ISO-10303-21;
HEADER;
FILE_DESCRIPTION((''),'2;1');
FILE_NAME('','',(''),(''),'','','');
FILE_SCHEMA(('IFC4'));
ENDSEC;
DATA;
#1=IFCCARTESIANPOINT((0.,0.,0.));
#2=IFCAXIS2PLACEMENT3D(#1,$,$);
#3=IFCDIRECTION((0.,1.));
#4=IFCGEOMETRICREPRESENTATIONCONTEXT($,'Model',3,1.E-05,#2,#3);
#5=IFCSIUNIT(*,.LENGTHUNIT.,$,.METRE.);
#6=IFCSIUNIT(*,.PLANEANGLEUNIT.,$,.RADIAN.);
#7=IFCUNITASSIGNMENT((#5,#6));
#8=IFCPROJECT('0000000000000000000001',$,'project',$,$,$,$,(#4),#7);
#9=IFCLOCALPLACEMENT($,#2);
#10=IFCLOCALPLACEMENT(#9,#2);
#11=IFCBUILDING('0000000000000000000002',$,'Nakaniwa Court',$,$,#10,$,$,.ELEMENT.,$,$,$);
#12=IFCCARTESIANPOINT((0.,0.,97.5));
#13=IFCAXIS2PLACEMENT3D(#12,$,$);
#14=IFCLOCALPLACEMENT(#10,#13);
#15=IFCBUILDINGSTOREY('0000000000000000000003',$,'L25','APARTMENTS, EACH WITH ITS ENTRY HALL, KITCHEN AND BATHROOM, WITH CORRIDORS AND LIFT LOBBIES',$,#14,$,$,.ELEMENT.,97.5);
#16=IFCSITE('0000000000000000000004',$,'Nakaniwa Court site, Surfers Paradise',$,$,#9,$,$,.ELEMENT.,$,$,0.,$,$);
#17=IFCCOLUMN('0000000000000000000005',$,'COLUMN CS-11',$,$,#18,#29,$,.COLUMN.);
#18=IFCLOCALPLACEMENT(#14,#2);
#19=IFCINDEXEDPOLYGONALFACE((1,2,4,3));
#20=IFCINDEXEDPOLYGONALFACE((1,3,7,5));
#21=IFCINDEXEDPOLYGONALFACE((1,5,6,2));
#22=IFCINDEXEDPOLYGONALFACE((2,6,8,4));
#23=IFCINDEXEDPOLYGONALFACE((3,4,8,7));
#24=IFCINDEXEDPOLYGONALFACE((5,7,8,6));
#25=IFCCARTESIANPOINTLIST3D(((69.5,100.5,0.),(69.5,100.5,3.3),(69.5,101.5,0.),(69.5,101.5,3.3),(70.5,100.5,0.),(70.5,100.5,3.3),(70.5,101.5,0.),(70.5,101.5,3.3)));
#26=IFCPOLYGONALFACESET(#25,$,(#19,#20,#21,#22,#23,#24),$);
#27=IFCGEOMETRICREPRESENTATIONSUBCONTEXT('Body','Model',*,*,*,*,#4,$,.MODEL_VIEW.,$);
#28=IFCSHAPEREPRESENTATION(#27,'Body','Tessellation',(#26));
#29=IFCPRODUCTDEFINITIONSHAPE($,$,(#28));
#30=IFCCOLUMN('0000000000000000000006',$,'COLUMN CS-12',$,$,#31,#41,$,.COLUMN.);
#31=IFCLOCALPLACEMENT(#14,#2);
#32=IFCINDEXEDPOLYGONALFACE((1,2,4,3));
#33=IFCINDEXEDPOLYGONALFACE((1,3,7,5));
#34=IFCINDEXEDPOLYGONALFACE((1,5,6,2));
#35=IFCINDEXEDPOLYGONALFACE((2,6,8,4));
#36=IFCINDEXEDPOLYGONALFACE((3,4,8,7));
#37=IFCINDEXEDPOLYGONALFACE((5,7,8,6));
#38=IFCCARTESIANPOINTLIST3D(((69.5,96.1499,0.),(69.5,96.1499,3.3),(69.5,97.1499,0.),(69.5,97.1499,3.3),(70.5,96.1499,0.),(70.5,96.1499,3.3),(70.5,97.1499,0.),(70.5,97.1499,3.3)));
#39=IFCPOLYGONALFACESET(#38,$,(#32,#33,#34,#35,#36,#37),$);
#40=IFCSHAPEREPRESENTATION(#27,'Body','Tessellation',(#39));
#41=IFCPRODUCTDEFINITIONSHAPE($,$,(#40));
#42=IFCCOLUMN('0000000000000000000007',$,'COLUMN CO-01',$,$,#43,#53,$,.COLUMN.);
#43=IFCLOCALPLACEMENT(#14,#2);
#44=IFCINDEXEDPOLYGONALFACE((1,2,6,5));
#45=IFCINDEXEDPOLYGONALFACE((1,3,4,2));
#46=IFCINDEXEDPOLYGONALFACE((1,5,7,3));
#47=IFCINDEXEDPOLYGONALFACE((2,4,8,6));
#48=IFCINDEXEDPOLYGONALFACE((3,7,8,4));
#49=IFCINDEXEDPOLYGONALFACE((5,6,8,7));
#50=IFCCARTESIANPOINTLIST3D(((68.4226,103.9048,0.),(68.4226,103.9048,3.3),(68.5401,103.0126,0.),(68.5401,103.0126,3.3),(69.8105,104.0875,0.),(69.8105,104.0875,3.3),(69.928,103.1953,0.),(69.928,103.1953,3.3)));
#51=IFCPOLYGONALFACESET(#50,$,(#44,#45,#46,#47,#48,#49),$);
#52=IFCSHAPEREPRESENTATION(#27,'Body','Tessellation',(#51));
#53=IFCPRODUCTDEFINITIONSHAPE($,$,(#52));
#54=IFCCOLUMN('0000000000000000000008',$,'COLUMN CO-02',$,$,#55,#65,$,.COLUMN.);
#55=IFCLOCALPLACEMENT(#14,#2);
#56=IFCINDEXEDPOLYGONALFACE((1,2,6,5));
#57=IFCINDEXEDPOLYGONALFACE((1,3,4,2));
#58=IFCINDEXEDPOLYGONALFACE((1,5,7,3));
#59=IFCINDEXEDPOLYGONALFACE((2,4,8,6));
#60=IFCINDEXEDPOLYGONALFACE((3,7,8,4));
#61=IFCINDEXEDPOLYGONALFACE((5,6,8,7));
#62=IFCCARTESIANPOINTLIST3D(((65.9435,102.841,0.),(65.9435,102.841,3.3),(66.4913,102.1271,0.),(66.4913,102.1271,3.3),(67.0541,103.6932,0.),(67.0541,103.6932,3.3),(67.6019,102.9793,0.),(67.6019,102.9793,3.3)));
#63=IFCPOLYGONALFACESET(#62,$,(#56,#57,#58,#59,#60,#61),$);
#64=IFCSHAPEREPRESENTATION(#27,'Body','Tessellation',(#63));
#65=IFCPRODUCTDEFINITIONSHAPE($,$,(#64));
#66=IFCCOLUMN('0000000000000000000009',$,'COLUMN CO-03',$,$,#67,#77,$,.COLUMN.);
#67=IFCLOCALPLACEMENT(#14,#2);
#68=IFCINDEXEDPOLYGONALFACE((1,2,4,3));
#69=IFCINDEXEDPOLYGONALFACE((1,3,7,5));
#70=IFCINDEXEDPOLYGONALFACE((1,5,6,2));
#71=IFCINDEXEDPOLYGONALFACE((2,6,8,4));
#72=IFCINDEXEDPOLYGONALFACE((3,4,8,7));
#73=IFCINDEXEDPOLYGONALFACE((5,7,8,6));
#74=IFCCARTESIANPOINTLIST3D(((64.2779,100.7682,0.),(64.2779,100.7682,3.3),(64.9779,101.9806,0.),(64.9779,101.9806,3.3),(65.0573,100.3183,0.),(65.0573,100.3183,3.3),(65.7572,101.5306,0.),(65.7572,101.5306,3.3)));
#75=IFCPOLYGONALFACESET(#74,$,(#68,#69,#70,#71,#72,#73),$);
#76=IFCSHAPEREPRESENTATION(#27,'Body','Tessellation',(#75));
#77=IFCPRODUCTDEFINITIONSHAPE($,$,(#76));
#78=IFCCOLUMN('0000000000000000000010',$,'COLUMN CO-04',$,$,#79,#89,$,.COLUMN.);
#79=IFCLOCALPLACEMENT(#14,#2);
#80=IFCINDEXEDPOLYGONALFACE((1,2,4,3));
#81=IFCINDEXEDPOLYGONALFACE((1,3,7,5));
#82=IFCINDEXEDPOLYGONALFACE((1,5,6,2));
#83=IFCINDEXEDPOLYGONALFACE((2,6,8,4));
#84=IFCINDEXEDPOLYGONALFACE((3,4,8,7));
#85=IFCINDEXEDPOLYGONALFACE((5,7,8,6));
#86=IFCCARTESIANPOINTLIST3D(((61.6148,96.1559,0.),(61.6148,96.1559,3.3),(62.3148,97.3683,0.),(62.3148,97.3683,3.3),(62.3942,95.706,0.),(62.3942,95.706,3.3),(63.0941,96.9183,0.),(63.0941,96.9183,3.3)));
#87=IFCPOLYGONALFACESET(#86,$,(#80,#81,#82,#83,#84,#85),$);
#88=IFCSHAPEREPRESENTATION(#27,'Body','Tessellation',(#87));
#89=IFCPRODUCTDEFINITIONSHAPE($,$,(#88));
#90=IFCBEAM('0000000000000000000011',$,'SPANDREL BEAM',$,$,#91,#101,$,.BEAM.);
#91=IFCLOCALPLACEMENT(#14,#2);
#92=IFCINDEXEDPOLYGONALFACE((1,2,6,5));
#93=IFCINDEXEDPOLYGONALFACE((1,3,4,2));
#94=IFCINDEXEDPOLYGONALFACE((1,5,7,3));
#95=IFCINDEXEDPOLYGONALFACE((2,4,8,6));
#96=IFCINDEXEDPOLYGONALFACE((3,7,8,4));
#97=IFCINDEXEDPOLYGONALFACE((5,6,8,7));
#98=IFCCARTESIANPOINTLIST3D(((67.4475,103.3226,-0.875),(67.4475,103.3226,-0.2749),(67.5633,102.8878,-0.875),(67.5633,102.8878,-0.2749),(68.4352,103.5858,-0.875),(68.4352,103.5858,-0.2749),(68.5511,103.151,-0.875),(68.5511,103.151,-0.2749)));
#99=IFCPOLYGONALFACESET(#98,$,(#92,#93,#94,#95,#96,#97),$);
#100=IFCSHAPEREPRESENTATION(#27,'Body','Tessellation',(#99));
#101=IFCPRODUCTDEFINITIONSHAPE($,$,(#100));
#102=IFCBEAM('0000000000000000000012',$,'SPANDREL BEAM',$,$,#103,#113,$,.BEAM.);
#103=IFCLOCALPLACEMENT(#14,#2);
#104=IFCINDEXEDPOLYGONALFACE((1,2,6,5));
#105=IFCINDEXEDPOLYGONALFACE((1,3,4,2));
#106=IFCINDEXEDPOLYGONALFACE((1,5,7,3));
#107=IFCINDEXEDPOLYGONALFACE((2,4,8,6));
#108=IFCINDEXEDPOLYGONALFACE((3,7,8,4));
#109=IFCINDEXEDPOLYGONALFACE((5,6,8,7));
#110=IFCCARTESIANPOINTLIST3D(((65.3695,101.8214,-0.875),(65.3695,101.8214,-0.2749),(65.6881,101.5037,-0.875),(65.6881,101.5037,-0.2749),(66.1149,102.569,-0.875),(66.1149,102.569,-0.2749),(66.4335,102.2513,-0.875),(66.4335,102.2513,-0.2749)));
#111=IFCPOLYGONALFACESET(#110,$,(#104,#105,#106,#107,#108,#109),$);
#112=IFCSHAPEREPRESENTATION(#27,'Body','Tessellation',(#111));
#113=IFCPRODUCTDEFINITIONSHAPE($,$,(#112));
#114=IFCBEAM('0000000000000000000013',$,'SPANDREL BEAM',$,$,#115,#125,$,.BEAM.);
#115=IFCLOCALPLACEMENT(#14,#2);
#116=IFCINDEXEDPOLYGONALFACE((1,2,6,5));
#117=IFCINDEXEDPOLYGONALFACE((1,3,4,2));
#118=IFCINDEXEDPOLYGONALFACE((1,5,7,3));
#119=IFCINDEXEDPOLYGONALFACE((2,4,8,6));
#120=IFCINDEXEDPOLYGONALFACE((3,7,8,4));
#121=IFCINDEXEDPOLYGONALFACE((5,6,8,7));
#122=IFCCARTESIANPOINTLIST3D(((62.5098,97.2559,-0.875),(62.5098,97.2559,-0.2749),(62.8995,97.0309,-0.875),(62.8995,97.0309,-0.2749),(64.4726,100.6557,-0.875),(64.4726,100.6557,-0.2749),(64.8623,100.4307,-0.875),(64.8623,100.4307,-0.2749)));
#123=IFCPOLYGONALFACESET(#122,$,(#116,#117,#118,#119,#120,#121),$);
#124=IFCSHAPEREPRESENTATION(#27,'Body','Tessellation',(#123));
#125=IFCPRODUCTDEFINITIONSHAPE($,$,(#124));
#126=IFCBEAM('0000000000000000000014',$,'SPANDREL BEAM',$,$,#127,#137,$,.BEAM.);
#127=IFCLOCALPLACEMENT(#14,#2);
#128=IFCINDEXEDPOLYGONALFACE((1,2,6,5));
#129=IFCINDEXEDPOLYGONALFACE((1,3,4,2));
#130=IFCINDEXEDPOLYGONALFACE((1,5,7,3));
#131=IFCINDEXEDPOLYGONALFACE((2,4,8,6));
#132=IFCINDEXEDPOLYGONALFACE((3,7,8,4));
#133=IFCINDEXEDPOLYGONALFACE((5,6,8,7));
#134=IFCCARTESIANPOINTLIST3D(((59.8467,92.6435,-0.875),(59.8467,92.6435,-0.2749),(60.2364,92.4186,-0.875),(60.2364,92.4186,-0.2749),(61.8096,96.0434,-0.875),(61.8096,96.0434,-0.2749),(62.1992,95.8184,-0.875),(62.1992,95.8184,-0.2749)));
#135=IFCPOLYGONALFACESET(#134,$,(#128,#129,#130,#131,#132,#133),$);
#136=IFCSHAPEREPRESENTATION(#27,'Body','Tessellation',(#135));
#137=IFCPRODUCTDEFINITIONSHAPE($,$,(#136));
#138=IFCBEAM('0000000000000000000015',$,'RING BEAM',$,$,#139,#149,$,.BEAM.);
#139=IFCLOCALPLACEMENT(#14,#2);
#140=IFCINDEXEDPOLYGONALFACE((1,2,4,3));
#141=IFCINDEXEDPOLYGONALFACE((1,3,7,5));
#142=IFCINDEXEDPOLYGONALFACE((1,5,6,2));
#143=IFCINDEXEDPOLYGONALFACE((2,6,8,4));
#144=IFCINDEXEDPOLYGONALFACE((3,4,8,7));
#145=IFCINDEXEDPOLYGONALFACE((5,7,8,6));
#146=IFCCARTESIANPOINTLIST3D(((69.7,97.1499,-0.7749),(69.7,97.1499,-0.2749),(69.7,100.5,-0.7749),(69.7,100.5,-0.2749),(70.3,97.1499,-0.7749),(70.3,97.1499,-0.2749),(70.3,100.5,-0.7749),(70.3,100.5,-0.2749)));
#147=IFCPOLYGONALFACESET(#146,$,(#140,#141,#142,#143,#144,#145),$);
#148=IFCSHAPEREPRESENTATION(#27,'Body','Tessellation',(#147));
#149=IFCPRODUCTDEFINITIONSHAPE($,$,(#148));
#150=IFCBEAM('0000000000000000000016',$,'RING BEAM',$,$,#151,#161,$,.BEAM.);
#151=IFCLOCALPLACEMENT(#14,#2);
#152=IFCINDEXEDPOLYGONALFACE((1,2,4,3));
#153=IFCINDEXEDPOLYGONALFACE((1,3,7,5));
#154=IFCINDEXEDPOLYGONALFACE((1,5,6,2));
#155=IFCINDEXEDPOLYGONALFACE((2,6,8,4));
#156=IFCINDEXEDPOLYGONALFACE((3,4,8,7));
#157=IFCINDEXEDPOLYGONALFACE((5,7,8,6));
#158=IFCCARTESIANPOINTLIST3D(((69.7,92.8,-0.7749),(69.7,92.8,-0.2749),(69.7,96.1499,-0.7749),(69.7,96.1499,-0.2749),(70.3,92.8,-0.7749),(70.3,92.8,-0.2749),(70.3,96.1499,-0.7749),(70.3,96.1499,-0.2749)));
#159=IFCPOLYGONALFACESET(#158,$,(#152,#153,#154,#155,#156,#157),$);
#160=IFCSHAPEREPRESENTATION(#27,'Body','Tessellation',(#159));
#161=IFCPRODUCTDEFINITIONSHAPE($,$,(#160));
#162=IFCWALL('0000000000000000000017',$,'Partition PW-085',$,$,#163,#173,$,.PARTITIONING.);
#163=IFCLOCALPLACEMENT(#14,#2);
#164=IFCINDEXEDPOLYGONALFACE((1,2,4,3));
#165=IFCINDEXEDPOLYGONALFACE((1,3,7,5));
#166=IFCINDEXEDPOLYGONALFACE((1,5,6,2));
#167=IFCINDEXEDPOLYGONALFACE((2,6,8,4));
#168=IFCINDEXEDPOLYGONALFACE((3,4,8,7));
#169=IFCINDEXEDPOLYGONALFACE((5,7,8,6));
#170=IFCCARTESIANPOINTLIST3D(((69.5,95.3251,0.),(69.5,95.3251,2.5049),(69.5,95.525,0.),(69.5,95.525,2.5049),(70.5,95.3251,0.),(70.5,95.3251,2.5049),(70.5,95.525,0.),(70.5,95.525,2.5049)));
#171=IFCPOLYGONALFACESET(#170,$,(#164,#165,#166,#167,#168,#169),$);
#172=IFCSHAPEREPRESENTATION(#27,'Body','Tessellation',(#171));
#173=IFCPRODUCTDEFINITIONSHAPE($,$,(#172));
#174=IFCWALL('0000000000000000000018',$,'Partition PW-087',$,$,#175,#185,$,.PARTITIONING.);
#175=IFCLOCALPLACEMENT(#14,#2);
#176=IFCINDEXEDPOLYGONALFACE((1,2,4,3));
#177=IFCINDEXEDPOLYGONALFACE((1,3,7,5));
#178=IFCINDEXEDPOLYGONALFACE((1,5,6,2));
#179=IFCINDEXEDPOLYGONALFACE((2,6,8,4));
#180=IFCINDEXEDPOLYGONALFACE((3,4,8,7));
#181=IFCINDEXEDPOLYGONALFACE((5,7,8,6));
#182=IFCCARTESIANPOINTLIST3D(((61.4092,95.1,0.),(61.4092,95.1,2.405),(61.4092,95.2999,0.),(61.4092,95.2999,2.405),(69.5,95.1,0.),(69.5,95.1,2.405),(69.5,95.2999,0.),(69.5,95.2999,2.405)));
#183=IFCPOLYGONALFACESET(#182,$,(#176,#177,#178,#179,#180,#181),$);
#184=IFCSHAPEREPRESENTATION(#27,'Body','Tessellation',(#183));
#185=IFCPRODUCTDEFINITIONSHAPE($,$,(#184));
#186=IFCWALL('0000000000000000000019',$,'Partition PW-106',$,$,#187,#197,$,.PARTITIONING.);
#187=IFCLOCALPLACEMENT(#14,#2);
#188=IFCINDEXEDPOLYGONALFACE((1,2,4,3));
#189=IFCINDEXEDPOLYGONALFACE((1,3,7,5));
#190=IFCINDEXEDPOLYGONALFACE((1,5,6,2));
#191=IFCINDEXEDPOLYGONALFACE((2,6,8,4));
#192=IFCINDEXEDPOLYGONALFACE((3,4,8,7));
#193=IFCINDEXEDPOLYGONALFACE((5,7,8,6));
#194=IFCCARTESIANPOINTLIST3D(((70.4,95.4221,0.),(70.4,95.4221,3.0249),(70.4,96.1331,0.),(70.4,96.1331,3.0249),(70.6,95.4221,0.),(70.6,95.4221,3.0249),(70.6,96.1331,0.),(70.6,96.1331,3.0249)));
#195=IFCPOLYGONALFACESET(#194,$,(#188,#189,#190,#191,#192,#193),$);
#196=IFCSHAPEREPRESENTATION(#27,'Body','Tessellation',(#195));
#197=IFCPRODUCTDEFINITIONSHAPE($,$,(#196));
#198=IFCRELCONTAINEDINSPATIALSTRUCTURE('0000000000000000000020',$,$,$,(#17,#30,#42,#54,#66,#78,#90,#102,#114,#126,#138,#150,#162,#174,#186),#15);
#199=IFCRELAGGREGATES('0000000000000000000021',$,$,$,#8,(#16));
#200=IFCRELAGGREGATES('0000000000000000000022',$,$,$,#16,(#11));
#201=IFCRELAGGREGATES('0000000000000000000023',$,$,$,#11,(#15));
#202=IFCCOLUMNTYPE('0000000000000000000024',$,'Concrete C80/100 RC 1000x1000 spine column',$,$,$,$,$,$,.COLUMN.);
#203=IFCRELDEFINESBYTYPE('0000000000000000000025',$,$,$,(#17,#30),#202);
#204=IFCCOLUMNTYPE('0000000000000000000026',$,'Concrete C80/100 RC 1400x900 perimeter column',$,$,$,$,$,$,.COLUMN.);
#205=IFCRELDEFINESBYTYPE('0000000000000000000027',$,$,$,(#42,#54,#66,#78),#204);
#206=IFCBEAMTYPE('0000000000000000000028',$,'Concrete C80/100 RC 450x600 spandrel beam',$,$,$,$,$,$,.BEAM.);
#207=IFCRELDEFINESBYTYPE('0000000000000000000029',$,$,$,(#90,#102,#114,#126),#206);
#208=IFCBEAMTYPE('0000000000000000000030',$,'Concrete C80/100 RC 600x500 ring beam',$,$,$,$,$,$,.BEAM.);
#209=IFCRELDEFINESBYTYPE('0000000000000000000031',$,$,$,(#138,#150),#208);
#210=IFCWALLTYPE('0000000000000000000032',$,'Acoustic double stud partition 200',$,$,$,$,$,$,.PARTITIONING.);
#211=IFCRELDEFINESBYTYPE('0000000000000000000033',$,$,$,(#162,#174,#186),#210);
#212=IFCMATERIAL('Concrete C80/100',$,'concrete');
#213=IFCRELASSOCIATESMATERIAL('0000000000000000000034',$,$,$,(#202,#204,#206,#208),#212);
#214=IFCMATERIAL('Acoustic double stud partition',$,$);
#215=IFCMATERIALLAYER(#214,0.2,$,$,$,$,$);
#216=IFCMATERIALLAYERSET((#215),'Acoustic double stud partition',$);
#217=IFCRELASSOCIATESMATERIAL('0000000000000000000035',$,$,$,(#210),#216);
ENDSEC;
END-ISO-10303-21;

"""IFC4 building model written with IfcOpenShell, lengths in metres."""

from ifc_helpers import new_model, si_unit, direction, frame, frame_2d, origin, origin_2d, place, context, subcontext, project, spatial, rectangle, extrude, material, layer, layer_set, material_profile, profile_set, type_object, element, save


model = new_model("IFC4")

# Units and contexts
model_context = context("Model", 3, precision=1e-05, world=origin(), true_north=direction((0.0, 1.0)))
body_context = subcontext(model_context, "Body", "Model", "MODEL_VIEW")
ifc_project = project(units=[si_unit("LENGTHUNIT", "METRE"), si_unit("PLANEANGLEUNIT", "RADIAN")], contexts=[model_context])

# Site, building, storey
site_placement = place(None, origin())
site = spatial("IfcSite", under=ifc_project, at=site_placement, Name="Nakaniwa Court site, Surfers Paradise", CompositionType="ELEMENT", RefElevation=0.0)
building_placement = place(site_placement, origin())
building = spatial("IfcBuilding", under=site, at=building_placement, Name="Nakaniwa Court", CompositionType="ELEMENT")
storey_placement = place(building_placement, frame((0.0, 0.0, 97.5)))
storey = spatial("IfcBuildingStorey", under=building, at=storey_placement, Name="L25", Description="APARTMENTS, EACH WITH ITS ENTRY HALL, KITCHEN AND BATHROOM, WITH CORRIDORS AND LIFT LOBBIES", CompositionType="ELEMENT", Elevation=97.5)

# Columns
ifc_material_1 = material(Name="Concrete C80/100", Category="concrete")
ifc_material_profile_1 = material_profile(ifc_material_1, rectangle(XDim=1.0, YDim=1.0, at=origin_2d()), Name="Concrete C80/100 RC 1000x1000 spine column")
ifc_profile_set_1 = profile_set([ifc_material_profile_1], Name="Concrete C80/100")
column_type_1 = type_object("IfcColumnType", Name="Concrete C80/100 RC 1000x1000 spine column", PredefinedType="COLUMN", material=ifc_profile_set_1)
for number, where, z_axis, x_axis, name in (
    (1, (70.0, 101.0, 0.0), (0.0, 0.0, 1.0), (0.0, -1.0, 0.0), "COLUMN CS-11"),
    (2, (70.0, 96.6499, 0.0), (0.0, 0.0, 1.0), (0.0, -1.0, 0.0), "COLUMN CS-12"),
):
    element("IfcColumn", number, at=place(storey_placement, frame(where, z_axis=z_axis, x_axis=x_axis)), inside=storey, type_object=column_type_1, Name=name, PredefinedType="COLUMN", context=body_context, shape_type="SweptSolid", body=[
        extrude(rectangle(XDim=1.0, YDim=1.0, at=origin_2d()), origin(), (0.0, 0.0, 1.0), 3.3),
    ])
ifc_material_profile_2 = material_profile(ifc_material_1, rectangle(XDim=1.3999, YDim=0.8999, at=origin_2d()), Name="Concrete C80/100 RC 1400x900 perimeter column")
ifc_profile_set_2 = profile_set([ifc_material_profile_2], Name="Concrete C80/100")
column_type_2 = type_object("IfcColumnType", Name="Concrete C80/100 RC 1400x900 perimeter column", PredefinedType="COLUMN", material=ifc_profile_set_2)
for number, where, z_axis, x_axis, name in (
    (3, (69.1753, 103.55, 0.0), (0.0, 0.0, 1.0), (-0.991443, -0.130543, 0.0), "COLUMN CO-01"),
    (4, (66.7727, 102.9102, 0.0), (0.0, 0.0, 1.0), (-0.793364, -0.608748, 0.0), "COLUMN CO-02"),
    (5, (65.0176, 101.1494, 0.0), (0.0, 0.0, 1.0), (-0.5, -0.866025, 0.0), "COLUMN CO-03"),
    (6, (62.3545, 96.5371, 0.0), (0.0, 0.0, 1.0), (-0.5, -0.866025, 0.0), "COLUMN CO-04"),
):
    element("IfcColumn", number, at=place(storey_placement, frame(where, z_axis=z_axis, x_axis=x_axis)), inside=storey, type_object=column_type_2, Name=name, PredefinedType="COLUMN", context=body_context, shape_type="SweptSolid", body=[
        extrude(rectangle(XDim=1.3999, YDim=0.8999, at=origin_2d()), origin(), (0.0, 0.0, 1.0), 3.3),
    ])

# Beams
ifc_material_profile_3 = material_profile(ifc_material_1, rectangle(XDim=0.45, YDim=0.6001, at=origin_2d()), Name="Concrete C80/100 RC 450x600 spandrel beam")
ifc_profile_set_3 = profile_set([ifc_material_profile_3], Name="Concrete C80/100")
beam_type_1 = type_object("IfcBeamType", Name="Concrete C80/100 RC 450x600 spandrel beam", PredefinedType="BEAM", material=ifc_profile_set_3)
beam_1_placement = place(storey_placement, frame((68.4932, 103.3684, -0.575), z_axis=(-0.96629, -0.257455, 0.0), x_axis=(0.257455, -0.96629, 0.0)))
element("IfcBeam", 7, at=beam_1_placement, inside=storey, type_object=beam_type_1, Name="SPANDREL BEAM", PredefinedType="BEAM", context=body_context, shape_type="SweptSolid", body=[
    extrude(rectangle(XDim=0.45, YDim=0.6001, at=origin_2d()), origin(), (0.0, 0.0, 1.0), 1.0222),
])
beam_2_placement = place(storey_placement, frame((66.2742, 102.4102, -0.575), z_axis=(-0.706065, -0.708147, 0.0), x_axis=(0.708147, -0.706065, 0.0)))
element("IfcBeam", 8, at=beam_2_placement, inside=storey, type_object=beam_type_1, Name="SPANDREL BEAM", PredefinedType="BEAM", context=body_context, shape_type="SweptSolid", body=[
    extrude(rectangle(XDim=0.45, YDim=0.6001, at=origin_2d()), origin(), (0.0, 0.0, 1.0), 1.0557),
])
for number, where, z_axis, x_axis, name in (
    (9, (64.6675, 100.5432, -0.575), (-0.499992, -0.86603, 0.0), (0.86603, -0.499992, 0.0), "SPANDREL BEAM"),
    (10, (62.0044, 95.9309, -0.575), (-0.499992, -0.86603, 0.0), (0.86603, -0.499992, 0.0), "SPANDREL BEAM"),
):
    element("IfcBeam", number, at=place(storey_placement, frame(where, z_axis=z_axis, x_axis=x_axis)), inside=storey, type_object=beam_type_1, Name=name, PredefinedType="BEAM", context=body_context, shape_type="SweptSolid", body=[
        extrude(rectangle(XDim=0.45, YDim=0.6001, at=origin_2d()), origin(), (0.0, 0.0, 1.0), 3.9258),
    ])
ifc_material_profile_4 = material_profile(ifc_material_1, rectangle(XDim=0.6001, YDim=0.5, at=origin_2d()), Name="Concrete C80/100 RC 600x500 ring beam")
ifc_profile_set_4 = profile_set([ifc_material_profile_4], Name="Concrete C80/100")
beam_type_2 = type_object("IfcBeamType", Name="Concrete C80/100 RC 600x500 ring beam", PredefinedType="BEAM", material=ifc_profile_set_4)
beam_3_placement = place(storey_placement, frame((70.0, 100.5, -0.5249), z_axis=(0.0, -1.0, 0.0), x_axis=(1.0, 0.0, 0.0)))
element("IfcBeam", 11, at=beam_3_placement, inside=storey, type_object=beam_type_2, Name="RING BEAM", PredefinedType="BEAM", context=body_context, shape_type="SweptSolid", body=[
    extrude(rectangle(XDim=0.6001, YDim=0.5, at=origin_2d()), origin(), (0.0, 0.0, 1.0), 3.3501),
])
beam_4_placement = place(storey_placement, frame((70.0, 96.1499, -0.5249), z_axis=(0.0, -1.0, 0.0), x_axis=(1.0, 0.0, 0.0)))
element("IfcBeam", 12, at=beam_4_placement, inside=storey, type_object=beam_type_2, Name="RING BEAM", PredefinedType="BEAM", context=body_context, shape_type="SweptSolid", body=[
    extrude(rectangle(XDim=0.6001, YDim=0.5, at=origin_2d()), origin(), (0.0, 0.0, 1.0), 3.3499),
])

# Walls
ifc_material_2 = material(Name="Acoustic double stud partition")
ifc_layer_1 = layer(ifc_material_2, 0.2)
ifc_layer_set_1 = layer_set([ifc_layer_1], Name="Acoustic double stud partition")
wall_type_1 = type_object("IfcWallType", Name="Acoustic double stud partition 200", PredefinedType="PARTITIONING", material=ifc_layer_set_1)
wall_1_placement = place(storey_placement, frame((69.5, 95.425, 0.0), z_axis=(0.0, 0.0, 1.0), x_axis=(1.0, 0.0, 0.0)))
element("IfcWall", 13, at=wall_1_placement, inside=storey, type_object=wall_type_1, Name="Partition PW-085", PredefinedType="PARTITIONING", context=body_context, shape_type="SweptSolid", body=[
    extrude(rectangle(XDim=1.0, YDim=0.2, at=frame_2d((0.5, 0.0))), origin(), (0.0, 0.0, 1.0), 2.5049),
])
wall_2_placement = place(storey_placement, frame((61.4092, 95.2, 0.0), z_axis=(0.0, 0.0, 1.0), x_axis=(1.0, 0.0, 0.0)))
element("IfcWall", 14, at=wall_2_placement, inside=storey, type_object=wall_type_1, Name="Partition PW-087", PredefinedType="PARTITIONING", context=body_context, shape_type="SweptSolid", body=[
    extrude(rectangle(XDim=8.0908, YDim=0.2, at=frame_2d((4.0454, 0.0))), origin(), (0.0, 0.0, 1.0), 2.405),
])
wall_3_placement = place(storey_placement, frame((70.5, 95.4221, 0.0), z_axis=(0.0, 0.0, 1.0), x_axis=(0.0, 1.0, 0.0)))
element("IfcWall", 15, at=wall_3_placement, inside=storey, type_object=wall_type_1, Name="Partition PW-106", PredefinedType="PARTITIONING", context=body_context, shape_type="SweptSolid", body=[
    extrude(rectangle(XDim=0.7109, YDim=0.2, at=frame_2d((0.3555, 0.0))), origin(), (0.0, 0.0, 1.0), 3.0249),
])

save(model, "model.ifc")
